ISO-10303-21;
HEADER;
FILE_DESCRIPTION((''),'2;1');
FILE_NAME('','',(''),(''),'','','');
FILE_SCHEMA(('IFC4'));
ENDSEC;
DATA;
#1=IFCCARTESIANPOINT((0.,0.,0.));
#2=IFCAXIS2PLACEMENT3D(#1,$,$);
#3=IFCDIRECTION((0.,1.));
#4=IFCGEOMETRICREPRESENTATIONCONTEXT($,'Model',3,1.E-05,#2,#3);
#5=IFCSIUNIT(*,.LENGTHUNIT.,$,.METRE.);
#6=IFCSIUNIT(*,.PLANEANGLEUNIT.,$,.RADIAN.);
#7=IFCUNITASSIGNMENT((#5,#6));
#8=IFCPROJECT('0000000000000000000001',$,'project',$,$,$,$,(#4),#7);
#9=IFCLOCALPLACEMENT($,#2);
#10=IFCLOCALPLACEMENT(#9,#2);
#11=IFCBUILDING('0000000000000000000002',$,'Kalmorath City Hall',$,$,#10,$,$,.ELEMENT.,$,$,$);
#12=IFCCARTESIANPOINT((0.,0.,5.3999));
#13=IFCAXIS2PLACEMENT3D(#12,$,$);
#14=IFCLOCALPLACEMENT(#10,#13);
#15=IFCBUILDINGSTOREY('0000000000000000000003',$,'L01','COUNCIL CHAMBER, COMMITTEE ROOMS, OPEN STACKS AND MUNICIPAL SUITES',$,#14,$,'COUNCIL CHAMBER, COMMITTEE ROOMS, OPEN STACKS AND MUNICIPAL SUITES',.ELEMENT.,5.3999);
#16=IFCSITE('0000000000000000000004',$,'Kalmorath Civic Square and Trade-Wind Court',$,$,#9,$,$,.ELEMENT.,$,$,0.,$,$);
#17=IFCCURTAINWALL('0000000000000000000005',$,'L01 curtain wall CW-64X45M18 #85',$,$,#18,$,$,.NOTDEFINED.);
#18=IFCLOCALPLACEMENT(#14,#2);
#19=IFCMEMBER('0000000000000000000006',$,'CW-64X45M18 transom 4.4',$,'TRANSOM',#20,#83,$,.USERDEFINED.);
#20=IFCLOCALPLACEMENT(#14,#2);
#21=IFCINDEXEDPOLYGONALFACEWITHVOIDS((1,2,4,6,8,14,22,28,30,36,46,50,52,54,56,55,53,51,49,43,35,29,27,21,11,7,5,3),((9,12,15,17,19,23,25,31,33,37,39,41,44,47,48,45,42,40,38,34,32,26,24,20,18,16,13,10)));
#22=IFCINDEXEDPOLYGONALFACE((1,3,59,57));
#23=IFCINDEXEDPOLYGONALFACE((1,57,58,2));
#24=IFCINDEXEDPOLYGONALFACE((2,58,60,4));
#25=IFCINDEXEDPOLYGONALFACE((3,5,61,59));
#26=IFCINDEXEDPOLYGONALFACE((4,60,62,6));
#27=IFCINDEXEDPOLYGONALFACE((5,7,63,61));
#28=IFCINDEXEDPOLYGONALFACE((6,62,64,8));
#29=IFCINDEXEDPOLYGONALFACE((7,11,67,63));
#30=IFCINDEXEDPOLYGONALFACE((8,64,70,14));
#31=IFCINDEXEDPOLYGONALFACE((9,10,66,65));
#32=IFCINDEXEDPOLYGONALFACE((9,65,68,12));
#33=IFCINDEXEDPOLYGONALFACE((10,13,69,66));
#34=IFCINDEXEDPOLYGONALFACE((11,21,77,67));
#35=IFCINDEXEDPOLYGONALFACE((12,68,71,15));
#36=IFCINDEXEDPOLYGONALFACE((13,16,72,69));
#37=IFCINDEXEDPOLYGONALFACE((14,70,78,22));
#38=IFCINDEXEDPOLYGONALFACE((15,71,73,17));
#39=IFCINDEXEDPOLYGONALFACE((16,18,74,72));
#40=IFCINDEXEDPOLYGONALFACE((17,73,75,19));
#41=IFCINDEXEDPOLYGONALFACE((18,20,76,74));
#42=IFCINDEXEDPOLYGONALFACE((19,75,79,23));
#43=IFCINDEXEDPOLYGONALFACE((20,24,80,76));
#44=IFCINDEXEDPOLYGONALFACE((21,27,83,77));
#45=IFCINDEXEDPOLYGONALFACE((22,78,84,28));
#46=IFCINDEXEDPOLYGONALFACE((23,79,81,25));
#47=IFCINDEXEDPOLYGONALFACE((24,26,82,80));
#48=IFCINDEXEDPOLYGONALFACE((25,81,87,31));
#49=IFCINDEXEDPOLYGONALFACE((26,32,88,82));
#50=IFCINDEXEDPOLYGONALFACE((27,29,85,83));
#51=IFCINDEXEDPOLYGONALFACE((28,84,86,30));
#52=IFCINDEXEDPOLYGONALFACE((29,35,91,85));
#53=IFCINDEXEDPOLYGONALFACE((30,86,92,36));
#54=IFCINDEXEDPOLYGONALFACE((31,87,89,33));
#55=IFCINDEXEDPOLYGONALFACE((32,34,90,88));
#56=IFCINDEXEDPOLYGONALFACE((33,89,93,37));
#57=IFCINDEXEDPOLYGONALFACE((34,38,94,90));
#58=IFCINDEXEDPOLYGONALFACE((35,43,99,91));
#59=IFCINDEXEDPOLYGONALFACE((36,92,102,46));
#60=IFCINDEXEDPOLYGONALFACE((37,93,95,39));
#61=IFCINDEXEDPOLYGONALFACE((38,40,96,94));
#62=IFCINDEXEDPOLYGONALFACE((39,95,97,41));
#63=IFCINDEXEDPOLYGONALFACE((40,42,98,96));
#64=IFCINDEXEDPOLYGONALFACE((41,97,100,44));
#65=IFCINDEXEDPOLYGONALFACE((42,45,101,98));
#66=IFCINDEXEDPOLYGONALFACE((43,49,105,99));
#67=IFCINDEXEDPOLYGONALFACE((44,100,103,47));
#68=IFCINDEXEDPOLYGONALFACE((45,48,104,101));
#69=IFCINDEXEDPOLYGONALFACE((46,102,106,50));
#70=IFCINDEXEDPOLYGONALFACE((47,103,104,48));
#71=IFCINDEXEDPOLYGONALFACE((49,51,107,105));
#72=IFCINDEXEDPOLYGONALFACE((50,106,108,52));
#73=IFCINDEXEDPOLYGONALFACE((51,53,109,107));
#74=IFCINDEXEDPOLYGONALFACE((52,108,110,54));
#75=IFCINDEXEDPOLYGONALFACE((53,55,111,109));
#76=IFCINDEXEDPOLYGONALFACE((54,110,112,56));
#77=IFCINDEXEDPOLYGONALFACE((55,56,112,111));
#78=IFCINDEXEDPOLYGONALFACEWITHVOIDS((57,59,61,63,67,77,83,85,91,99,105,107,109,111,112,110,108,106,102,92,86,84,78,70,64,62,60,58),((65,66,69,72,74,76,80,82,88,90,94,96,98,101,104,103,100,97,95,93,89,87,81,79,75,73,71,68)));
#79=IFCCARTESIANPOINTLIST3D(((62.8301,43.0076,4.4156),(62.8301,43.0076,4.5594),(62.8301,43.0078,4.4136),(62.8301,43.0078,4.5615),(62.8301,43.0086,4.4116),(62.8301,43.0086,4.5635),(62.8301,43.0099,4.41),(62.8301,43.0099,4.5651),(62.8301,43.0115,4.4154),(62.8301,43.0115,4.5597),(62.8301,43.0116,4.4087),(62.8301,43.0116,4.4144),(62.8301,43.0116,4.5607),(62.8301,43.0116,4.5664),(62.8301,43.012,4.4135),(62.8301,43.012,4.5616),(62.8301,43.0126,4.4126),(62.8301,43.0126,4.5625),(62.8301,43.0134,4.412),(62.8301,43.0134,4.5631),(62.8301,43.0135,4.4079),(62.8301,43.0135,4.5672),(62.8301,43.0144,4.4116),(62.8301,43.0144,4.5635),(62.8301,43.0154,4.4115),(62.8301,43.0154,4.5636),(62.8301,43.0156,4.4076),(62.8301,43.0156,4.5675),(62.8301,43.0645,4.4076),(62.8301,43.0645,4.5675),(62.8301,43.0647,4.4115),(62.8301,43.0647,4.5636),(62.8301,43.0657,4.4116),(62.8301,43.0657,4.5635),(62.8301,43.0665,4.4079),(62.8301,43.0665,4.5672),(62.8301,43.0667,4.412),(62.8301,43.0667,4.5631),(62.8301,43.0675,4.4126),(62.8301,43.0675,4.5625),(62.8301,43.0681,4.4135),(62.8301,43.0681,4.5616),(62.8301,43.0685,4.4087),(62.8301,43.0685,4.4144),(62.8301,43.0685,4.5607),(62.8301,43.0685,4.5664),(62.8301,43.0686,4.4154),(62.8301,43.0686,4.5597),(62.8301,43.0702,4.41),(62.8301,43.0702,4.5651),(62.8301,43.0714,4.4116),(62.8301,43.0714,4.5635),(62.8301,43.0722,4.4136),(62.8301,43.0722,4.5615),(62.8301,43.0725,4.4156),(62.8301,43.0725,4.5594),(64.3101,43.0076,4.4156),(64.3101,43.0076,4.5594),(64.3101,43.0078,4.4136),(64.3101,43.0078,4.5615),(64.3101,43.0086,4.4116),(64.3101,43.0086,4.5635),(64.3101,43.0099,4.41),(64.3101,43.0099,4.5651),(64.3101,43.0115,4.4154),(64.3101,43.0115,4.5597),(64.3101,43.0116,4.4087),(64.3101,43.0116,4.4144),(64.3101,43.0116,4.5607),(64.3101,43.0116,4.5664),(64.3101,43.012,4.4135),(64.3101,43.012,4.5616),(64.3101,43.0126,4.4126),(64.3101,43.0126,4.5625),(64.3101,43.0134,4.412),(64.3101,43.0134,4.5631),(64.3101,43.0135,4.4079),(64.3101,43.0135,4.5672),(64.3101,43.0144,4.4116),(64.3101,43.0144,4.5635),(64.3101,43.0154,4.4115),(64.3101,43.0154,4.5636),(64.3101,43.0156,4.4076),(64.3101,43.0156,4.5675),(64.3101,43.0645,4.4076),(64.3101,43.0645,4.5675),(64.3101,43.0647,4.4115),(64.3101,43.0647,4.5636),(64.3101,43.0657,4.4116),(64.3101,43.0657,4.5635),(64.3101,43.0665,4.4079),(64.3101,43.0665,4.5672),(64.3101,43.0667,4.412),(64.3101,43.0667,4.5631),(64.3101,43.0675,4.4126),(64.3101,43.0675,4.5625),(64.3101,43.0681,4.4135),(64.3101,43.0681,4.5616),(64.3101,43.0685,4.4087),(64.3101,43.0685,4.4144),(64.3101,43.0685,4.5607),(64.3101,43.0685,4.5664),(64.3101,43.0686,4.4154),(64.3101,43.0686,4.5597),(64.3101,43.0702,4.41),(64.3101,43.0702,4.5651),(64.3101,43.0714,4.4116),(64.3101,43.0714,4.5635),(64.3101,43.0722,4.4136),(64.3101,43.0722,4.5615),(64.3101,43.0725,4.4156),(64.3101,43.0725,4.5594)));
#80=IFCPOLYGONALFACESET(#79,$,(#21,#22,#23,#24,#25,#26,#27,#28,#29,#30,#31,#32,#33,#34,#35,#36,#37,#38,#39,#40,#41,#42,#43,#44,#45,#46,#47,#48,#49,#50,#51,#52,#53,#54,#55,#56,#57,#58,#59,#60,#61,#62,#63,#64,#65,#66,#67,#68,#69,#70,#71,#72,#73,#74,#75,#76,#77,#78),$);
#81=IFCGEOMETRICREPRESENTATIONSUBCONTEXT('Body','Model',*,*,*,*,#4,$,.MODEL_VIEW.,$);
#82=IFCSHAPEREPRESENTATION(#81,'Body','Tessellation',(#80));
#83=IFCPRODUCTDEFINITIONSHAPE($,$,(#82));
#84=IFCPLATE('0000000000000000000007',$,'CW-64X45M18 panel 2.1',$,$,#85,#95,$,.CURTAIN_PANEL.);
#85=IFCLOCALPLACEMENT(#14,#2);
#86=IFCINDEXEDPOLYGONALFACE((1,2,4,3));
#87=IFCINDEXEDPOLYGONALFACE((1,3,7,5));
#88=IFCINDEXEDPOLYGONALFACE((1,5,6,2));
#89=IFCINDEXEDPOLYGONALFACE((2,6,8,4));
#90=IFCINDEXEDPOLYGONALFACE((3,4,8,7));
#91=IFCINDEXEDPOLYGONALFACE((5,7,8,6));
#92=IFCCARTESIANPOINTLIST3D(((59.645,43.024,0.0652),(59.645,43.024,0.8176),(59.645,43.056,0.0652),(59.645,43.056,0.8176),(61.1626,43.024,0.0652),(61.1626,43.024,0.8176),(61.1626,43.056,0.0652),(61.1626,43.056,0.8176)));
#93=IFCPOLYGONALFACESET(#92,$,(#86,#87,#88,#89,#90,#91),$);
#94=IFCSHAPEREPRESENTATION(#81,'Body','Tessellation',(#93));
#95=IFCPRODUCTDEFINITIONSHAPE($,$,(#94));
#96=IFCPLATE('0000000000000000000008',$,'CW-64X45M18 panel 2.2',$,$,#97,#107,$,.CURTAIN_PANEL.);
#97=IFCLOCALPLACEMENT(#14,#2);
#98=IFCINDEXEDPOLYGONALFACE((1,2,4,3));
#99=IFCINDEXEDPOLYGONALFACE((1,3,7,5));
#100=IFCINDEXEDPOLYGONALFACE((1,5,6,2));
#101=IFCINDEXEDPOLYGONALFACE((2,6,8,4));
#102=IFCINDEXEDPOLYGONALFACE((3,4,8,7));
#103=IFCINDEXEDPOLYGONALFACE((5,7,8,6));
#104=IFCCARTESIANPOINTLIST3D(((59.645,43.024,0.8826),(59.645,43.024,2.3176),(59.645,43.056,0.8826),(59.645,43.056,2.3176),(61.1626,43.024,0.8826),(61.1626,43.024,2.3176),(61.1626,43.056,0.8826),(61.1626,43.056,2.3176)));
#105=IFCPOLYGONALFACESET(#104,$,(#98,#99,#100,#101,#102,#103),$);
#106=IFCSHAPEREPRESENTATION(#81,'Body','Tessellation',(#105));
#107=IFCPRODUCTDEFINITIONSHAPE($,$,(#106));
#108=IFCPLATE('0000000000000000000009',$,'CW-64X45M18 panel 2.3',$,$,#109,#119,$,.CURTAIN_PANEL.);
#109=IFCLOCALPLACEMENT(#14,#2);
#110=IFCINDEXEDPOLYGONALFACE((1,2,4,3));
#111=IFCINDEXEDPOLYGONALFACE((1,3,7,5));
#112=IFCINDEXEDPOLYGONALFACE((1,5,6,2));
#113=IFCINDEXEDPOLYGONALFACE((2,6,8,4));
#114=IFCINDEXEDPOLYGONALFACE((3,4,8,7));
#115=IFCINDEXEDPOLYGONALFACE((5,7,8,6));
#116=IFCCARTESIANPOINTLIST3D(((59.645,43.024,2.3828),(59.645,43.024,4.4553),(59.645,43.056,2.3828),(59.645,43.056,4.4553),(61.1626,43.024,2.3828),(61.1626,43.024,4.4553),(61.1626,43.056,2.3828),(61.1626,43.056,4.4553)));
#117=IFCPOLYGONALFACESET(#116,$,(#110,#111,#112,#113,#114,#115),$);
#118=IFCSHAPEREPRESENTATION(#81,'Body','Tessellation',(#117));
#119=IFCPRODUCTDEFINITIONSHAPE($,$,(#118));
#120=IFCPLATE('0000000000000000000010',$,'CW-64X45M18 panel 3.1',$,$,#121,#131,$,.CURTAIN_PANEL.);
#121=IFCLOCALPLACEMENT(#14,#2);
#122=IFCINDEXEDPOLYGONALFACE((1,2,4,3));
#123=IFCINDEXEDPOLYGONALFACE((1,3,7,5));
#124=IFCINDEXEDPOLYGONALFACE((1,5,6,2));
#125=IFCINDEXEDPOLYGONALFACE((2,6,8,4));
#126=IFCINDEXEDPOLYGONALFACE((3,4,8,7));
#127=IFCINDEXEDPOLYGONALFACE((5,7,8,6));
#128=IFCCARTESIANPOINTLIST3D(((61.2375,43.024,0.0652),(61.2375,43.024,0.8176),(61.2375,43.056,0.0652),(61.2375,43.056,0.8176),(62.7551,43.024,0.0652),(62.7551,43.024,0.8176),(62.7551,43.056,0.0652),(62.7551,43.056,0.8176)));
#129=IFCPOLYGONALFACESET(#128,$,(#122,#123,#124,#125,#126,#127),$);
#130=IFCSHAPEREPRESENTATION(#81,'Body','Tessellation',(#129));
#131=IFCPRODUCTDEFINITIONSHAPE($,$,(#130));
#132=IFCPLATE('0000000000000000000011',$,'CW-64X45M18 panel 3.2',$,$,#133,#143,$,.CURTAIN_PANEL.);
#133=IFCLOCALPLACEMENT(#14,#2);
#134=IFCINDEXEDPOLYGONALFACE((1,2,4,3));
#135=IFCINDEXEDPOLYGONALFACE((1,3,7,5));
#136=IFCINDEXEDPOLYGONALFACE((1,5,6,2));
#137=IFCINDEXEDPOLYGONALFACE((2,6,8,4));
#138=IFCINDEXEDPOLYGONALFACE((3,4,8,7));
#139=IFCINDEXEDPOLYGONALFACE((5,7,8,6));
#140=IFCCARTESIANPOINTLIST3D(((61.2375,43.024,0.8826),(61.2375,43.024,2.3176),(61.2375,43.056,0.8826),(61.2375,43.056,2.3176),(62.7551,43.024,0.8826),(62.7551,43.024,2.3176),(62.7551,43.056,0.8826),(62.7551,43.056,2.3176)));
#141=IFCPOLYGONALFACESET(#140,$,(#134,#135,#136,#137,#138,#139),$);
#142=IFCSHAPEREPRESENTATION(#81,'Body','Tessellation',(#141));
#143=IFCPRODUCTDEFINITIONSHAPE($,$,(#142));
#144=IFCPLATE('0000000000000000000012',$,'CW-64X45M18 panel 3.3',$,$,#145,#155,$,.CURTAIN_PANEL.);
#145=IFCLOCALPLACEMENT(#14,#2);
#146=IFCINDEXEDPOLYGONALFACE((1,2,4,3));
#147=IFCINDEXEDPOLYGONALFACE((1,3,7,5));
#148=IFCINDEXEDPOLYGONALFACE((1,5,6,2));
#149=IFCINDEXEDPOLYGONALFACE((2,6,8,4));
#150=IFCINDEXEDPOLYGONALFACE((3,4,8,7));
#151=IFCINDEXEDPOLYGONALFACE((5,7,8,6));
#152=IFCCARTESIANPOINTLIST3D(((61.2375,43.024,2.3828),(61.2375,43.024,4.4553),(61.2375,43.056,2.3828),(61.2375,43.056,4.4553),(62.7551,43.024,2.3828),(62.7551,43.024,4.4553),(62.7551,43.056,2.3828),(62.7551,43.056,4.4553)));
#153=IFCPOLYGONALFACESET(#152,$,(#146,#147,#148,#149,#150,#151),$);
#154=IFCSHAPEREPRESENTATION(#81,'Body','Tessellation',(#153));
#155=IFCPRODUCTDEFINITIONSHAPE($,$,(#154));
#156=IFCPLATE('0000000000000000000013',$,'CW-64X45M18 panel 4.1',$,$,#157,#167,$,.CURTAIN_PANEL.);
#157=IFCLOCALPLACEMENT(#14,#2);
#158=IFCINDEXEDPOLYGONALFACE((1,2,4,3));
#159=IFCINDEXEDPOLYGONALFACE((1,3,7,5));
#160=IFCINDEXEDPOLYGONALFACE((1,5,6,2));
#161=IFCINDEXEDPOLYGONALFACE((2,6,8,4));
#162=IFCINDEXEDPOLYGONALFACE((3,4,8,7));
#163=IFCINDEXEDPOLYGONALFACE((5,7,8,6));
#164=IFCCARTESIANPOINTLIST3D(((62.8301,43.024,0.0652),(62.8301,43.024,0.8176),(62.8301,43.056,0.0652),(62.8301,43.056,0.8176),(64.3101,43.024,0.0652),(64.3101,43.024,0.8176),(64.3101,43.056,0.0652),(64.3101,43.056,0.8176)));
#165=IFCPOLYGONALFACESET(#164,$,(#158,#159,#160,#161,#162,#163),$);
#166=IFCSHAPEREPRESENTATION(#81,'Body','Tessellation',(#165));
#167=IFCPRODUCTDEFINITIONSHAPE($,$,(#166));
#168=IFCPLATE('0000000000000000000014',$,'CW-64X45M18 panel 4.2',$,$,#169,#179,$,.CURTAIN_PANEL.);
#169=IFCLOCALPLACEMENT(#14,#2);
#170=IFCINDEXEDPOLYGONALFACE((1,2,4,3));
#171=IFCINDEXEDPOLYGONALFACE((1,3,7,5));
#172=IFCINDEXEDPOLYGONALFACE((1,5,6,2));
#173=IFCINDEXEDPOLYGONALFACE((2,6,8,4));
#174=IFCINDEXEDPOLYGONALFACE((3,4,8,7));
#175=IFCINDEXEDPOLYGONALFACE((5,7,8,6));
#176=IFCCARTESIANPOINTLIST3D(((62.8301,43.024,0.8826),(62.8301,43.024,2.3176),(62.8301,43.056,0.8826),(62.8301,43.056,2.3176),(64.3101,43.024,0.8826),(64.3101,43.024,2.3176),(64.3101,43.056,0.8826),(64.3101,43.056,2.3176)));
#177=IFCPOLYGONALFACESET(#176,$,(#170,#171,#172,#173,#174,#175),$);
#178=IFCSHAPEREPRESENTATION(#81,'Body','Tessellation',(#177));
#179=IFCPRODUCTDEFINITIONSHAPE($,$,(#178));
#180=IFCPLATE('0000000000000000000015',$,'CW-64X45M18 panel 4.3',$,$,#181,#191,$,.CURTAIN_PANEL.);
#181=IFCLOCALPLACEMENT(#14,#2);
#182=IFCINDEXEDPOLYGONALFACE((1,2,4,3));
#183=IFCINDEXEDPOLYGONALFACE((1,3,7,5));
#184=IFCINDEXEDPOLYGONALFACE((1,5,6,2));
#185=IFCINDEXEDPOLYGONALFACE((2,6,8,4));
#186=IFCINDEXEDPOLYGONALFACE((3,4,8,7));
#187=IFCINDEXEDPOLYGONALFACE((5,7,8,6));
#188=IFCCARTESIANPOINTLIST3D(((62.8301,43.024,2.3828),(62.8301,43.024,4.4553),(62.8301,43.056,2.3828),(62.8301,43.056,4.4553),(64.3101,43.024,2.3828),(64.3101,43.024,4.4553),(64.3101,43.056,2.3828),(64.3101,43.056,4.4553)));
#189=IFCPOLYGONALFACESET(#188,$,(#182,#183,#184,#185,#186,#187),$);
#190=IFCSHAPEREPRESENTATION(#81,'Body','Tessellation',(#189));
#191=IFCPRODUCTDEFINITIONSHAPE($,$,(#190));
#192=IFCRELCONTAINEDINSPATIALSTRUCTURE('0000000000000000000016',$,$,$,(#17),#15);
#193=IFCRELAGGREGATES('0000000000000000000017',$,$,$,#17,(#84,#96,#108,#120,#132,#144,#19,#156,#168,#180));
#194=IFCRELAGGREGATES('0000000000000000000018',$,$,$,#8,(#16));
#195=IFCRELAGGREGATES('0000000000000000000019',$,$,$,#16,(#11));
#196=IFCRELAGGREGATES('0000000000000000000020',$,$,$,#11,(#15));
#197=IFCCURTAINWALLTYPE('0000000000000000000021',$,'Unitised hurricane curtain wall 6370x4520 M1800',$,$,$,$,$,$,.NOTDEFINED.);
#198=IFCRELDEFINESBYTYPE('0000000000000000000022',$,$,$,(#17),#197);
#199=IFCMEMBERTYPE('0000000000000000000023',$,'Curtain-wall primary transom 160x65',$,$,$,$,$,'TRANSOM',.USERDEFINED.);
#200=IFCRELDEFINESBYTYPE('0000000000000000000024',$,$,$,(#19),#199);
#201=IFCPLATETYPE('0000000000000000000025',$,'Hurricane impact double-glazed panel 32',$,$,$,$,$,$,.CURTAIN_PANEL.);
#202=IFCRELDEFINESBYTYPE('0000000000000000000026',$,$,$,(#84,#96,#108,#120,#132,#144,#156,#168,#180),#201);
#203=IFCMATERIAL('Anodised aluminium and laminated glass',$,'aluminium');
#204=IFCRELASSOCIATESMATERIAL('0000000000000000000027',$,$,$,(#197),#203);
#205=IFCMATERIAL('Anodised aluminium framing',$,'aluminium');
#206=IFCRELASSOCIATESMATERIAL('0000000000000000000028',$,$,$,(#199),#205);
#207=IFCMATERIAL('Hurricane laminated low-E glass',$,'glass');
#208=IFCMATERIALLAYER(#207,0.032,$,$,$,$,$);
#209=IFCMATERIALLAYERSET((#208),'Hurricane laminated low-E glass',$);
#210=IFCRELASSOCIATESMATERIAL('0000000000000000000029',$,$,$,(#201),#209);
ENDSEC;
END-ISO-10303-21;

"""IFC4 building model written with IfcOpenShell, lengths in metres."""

from ifc_helpers import new_model, si_unit, direction, frame, origin, origin_2d, place, context, subcontext, project, spatial, rectangle, hollow_rectangle, extrude, material, layer, layer_set, material_profile, profile_set, type_object, element, aggregate, save


model = new_model("IFC4")

# Units and contexts
model_context = context("Model", 3, precision=1e-05, world=origin(), true_north=direction((0.0, 1.0)))
body_context = subcontext(model_context, "Body", "Model", "MODEL_VIEW")
ifc_project = project(units=[si_unit("LENGTHUNIT", "METRE"), si_unit("PLANEANGLEUNIT", "RADIAN")], contexts=[model_context])

# Site, building, storey
site_placement = place(None, origin())
site = spatial("IfcSite", under=ifc_project, at=site_placement, Name="Kalmorath Civic Square and Trade-Wind Court", CompositionType="ELEMENT", RefElevation=0.0)
building_placement = place(site_placement, origin())
building = spatial("IfcBuilding", under=site, at=building_placement, Name="Kalmorath City Hall", CompositionType="ELEMENT")
storey_placement = place(building_placement, frame((0.0, 0.0, 5.3999)))
storey = spatial("IfcBuildingStorey", under=building, at=storey_placement, Name="L01", Description="COUNCIL CHAMBER, COMMITTEE ROOMS, OPEN STACKS AND MUNICIPAL SUITES", LongName="COUNCIL CHAMBER, COMMITTEE ROOMS, OPEN STACKS AND MUNICIPAL SUITES", CompositionType="ELEMENT", Elevation=5.3999)

# Curtain wall
ifc_material_1 = material(Name="Anodised aluminium and laminated glass", Category="aluminium")
curtain_wall_type_1 = type_object("IfcCurtainWallType", Name="Unitised hurricane curtain wall 6370x4520 M1800", PredefinedType="NOTDEFINED", material=ifc_material_1)
curtain_wall_1_placement = place(storey_placement, origin())
curtain_wall_1 = element("IfcCurtainWall", 1, at=curtain_wall_1_placement, inside=storey, type_object=curtain_wall_type_1, Name="L01 curtain wall CW-64X45M18 #85", PredefinedType="NOTDEFINED")

# Shared definitions
ifc_material_2 = material(Name="Anodised aluminium framing", Category="aluminium")
ifc_material_profile_1 = material_profile(ifc_material_2, hollow_rectangle(XDim=0.0649, YDim=0.1599, WallThickness=0.0039, InnerFilletRadius=0.0039, OuterFilletRadius=0.0081, at=origin_2d()), Name="ALU-TRN-160X65X4")
ifc_profile_set_1 = profile_set([ifc_material_profile_1], Name="Anodised aluminium framing")
member_type_1 = type_object("IfcMemberType", Name="Curtain-wall primary transom 160x65", ElementType="TRANSOM", PredefinedType="USERDEFINED", material=ifc_profile_set_1)

# Member
member_1_placement = place(storey_placement, frame((62.8301, 43.04, 4.4875), z_axis=(1.0, 0.0, 0.0), x_axis=(0.0, 1.0, 0.0)))
member_1 = element("IfcMember", 2, at=member_1_placement, type_object=member_type_1, Name="CW-64X45M18 transom 4.4", ObjectType="TRANSOM", PredefinedType="USERDEFINED", context=body_context, shape_type="SweptSolid", body=[
    extrude(hollow_rectangle(XDim=0.0649, YDim=0.1599, WallThickness=0.0039, InnerFilletRadius=0.0039, OuterFilletRadius=0.0081, at=origin_2d()), origin(), (0.0, 0.0, 1.0), 1.48),
])

# Plates
ifc_material_3 = material(Name="Hurricane laminated low-E glass", Category="glass")
ifc_layer = layer(ifc_material_3, 0.032)
ifc_layer_set = layer_set([ifc_layer], Name="Hurricane laminated low-E glass")
plate_type = type_object("IfcPlateType", Name="Hurricane impact double-glazed panel 32", PredefinedType="CURTAIN_PANEL", material=ifc_layer_set)
plate_1_placement = place(storey_placement, frame((60.4038, 43.04, 0.0652), z_axis=(0.0, 0.0, 1.0), x_axis=(1.0, 0.0, 0.0)))
plate_1 = element("IfcPlate", 3, at=plate_1_placement, type_object=plate_type, Name="CW-64X45M18 panel 2.1", PredefinedType="CURTAIN_PANEL", context=body_context, shape_type="SweptSolid", body=[
    extrude(rectangle(XDim=1.5176, YDim=0.032, at=origin_2d()), origin(), (0.0, 0.0, 1.0), 0.7524),
])
plate_2_placement = place(storey_placement, frame((60.4038, 43.04, 0.8826), z_axis=(0.0, 0.0, 1.0), x_axis=(1.0, 0.0, 0.0)))
plate_2 = element("IfcPlate", 4, at=plate_2_placement, type_object=plate_type, Name="CW-64X45M18 panel 2.2", PredefinedType="CURTAIN_PANEL", context=body_context, shape_type="SweptSolid", body=[
    extrude(rectangle(XDim=1.5176, YDim=0.032, at=origin_2d()), origin(), (0.0, 0.0, 1.0), 1.4351),
])
plate_3_placement = place(storey_placement, frame((60.4038, 43.04, 2.3828), z_axis=(0.0, 0.0, 1.0), x_axis=(1.0, 0.0, 0.0)))
plate_3 = element("IfcPlate", 5, at=plate_3_placement, type_object=plate_type, Name="CW-64X45M18 panel 2.3", PredefinedType="CURTAIN_PANEL", context=body_context, shape_type="SweptSolid", body=[
    extrude(rectangle(XDim=1.5176, YDim=0.032, at=origin_2d()), origin(), (0.0, 0.0, 1.0), 2.0725),
])
plate_4_placement = place(storey_placement, frame((61.9963, 43.04, 0.0652), z_axis=(0.0, 0.0, 1.0), x_axis=(1.0, 0.0, 0.0)))
plate_4 = element("IfcPlate", 6, at=plate_4_placement, type_object=plate_type, Name="CW-64X45M18 panel 3.1", PredefinedType="CURTAIN_PANEL", context=body_context, shape_type="SweptSolid", body=[
    extrude(rectangle(XDim=1.5176, YDim=0.032, at=origin_2d()), origin(), (0.0, 0.0, 1.0), 0.7524),
])
plate_5_placement = place(storey_placement, frame((61.9963, 43.04, 0.8826), z_axis=(0.0, 0.0, 1.0), x_axis=(1.0, 0.0, 0.0)))
plate_5 = element("IfcPlate", 7, at=plate_5_placement, type_object=plate_type, Name="CW-64X45M18 panel 3.2", PredefinedType="CURTAIN_PANEL", context=body_context, shape_type="SweptSolid", body=[
    extrude(rectangle(XDim=1.5176, YDim=0.032, at=origin_2d()), origin(), (0.0, 0.0, 1.0), 1.4351),
])
plate_6_placement = place(storey_placement, frame((61.9963, 43.04, 2.3828), z_axis=(0.0, 0.0, 1.0), x_axis=(1.0, 0.0, 0.0)))
plate_6 = element("IfcPlate", 8, at=plate_6_placement, type_object=plate_type, Name="CW-64X45M18 panel 3.3", PredefinedType="CURTAIN_PANEL", context=body_context, shape_type="SweptSolid", body=[
    extrude(rectangle(XDim=1.5176, YDim=0.032, at=origin_2d()), origin(), (0.0, 0.0, 1.0), 2.0725),
])
plate_7_placement = place(storey_placement, frame((63.5701, 43.04, 0.0652), z_axis=(0.0, 0.0, 1.0), x_axis=(1.0, 0.0, 0.0)))
plate_7 = element("IfcPlate", 9, at=plate_7_placement, type_object=plate_type, Name="CW-64X45M18 panel 4.1", PredefinedType="CURTAIN_PANEL", context=body_context, shape_type="SweptSolid", body=[
    extrude(rectangle(XDim=1.48, YDim=0.032, at=origin_2d()), origin(), (0.0, 0.0, 1.0), 0.7524),
])
plate_8_placement = place(storey_placement, frame((63.5701, 43.04, 0.8826), z_axis=(0.0, 0.0, 1.0), x_axis=(1.0, 0.0, 0.0)))
plate_8 = element("IfcPlate", 10, at=plate_8_placement, type_object=plate_type, Name="CW-64X45M18 panel 4.2", PredefinedType="CURTAIN_PANEL", context=body_context, shape_type="SweptSolid", body=[
    extrude(rectangle(XDim=1.48, YDim=0.032, at=origin_2d()), origin(), (0.0, 0.0, 1.0), 1.4351),
])
plate_9_placement = place(storey_placement, frame((63.5701, 43.04, 2.3828), z_axis=(0.0, 0.0, 1.0), x_axis=(1.0, 0.0, 0.0)))
plate_9 = element("IfcPlate", 11, at=plate_9_placement, type_object=plate_type, Name="CW-64X45M18 panel 4.3", PredefinedType="CURTAIN_PANEL", context=body_context, shape_type="SweptSolid", body=[
    extrude(rectangle(XDim=1.48, YDim=0.032, at=origin_2d()), origin(), (0.0, 0.0, 1.0), 2.0725),
])
aggregate(curtain_wall_1, [plate_1, plate_2, plate_3, plate_4, plate_5, plate_6, member_1, plate_7, plate_8, plate_9])

save(model, "model.ifc")
